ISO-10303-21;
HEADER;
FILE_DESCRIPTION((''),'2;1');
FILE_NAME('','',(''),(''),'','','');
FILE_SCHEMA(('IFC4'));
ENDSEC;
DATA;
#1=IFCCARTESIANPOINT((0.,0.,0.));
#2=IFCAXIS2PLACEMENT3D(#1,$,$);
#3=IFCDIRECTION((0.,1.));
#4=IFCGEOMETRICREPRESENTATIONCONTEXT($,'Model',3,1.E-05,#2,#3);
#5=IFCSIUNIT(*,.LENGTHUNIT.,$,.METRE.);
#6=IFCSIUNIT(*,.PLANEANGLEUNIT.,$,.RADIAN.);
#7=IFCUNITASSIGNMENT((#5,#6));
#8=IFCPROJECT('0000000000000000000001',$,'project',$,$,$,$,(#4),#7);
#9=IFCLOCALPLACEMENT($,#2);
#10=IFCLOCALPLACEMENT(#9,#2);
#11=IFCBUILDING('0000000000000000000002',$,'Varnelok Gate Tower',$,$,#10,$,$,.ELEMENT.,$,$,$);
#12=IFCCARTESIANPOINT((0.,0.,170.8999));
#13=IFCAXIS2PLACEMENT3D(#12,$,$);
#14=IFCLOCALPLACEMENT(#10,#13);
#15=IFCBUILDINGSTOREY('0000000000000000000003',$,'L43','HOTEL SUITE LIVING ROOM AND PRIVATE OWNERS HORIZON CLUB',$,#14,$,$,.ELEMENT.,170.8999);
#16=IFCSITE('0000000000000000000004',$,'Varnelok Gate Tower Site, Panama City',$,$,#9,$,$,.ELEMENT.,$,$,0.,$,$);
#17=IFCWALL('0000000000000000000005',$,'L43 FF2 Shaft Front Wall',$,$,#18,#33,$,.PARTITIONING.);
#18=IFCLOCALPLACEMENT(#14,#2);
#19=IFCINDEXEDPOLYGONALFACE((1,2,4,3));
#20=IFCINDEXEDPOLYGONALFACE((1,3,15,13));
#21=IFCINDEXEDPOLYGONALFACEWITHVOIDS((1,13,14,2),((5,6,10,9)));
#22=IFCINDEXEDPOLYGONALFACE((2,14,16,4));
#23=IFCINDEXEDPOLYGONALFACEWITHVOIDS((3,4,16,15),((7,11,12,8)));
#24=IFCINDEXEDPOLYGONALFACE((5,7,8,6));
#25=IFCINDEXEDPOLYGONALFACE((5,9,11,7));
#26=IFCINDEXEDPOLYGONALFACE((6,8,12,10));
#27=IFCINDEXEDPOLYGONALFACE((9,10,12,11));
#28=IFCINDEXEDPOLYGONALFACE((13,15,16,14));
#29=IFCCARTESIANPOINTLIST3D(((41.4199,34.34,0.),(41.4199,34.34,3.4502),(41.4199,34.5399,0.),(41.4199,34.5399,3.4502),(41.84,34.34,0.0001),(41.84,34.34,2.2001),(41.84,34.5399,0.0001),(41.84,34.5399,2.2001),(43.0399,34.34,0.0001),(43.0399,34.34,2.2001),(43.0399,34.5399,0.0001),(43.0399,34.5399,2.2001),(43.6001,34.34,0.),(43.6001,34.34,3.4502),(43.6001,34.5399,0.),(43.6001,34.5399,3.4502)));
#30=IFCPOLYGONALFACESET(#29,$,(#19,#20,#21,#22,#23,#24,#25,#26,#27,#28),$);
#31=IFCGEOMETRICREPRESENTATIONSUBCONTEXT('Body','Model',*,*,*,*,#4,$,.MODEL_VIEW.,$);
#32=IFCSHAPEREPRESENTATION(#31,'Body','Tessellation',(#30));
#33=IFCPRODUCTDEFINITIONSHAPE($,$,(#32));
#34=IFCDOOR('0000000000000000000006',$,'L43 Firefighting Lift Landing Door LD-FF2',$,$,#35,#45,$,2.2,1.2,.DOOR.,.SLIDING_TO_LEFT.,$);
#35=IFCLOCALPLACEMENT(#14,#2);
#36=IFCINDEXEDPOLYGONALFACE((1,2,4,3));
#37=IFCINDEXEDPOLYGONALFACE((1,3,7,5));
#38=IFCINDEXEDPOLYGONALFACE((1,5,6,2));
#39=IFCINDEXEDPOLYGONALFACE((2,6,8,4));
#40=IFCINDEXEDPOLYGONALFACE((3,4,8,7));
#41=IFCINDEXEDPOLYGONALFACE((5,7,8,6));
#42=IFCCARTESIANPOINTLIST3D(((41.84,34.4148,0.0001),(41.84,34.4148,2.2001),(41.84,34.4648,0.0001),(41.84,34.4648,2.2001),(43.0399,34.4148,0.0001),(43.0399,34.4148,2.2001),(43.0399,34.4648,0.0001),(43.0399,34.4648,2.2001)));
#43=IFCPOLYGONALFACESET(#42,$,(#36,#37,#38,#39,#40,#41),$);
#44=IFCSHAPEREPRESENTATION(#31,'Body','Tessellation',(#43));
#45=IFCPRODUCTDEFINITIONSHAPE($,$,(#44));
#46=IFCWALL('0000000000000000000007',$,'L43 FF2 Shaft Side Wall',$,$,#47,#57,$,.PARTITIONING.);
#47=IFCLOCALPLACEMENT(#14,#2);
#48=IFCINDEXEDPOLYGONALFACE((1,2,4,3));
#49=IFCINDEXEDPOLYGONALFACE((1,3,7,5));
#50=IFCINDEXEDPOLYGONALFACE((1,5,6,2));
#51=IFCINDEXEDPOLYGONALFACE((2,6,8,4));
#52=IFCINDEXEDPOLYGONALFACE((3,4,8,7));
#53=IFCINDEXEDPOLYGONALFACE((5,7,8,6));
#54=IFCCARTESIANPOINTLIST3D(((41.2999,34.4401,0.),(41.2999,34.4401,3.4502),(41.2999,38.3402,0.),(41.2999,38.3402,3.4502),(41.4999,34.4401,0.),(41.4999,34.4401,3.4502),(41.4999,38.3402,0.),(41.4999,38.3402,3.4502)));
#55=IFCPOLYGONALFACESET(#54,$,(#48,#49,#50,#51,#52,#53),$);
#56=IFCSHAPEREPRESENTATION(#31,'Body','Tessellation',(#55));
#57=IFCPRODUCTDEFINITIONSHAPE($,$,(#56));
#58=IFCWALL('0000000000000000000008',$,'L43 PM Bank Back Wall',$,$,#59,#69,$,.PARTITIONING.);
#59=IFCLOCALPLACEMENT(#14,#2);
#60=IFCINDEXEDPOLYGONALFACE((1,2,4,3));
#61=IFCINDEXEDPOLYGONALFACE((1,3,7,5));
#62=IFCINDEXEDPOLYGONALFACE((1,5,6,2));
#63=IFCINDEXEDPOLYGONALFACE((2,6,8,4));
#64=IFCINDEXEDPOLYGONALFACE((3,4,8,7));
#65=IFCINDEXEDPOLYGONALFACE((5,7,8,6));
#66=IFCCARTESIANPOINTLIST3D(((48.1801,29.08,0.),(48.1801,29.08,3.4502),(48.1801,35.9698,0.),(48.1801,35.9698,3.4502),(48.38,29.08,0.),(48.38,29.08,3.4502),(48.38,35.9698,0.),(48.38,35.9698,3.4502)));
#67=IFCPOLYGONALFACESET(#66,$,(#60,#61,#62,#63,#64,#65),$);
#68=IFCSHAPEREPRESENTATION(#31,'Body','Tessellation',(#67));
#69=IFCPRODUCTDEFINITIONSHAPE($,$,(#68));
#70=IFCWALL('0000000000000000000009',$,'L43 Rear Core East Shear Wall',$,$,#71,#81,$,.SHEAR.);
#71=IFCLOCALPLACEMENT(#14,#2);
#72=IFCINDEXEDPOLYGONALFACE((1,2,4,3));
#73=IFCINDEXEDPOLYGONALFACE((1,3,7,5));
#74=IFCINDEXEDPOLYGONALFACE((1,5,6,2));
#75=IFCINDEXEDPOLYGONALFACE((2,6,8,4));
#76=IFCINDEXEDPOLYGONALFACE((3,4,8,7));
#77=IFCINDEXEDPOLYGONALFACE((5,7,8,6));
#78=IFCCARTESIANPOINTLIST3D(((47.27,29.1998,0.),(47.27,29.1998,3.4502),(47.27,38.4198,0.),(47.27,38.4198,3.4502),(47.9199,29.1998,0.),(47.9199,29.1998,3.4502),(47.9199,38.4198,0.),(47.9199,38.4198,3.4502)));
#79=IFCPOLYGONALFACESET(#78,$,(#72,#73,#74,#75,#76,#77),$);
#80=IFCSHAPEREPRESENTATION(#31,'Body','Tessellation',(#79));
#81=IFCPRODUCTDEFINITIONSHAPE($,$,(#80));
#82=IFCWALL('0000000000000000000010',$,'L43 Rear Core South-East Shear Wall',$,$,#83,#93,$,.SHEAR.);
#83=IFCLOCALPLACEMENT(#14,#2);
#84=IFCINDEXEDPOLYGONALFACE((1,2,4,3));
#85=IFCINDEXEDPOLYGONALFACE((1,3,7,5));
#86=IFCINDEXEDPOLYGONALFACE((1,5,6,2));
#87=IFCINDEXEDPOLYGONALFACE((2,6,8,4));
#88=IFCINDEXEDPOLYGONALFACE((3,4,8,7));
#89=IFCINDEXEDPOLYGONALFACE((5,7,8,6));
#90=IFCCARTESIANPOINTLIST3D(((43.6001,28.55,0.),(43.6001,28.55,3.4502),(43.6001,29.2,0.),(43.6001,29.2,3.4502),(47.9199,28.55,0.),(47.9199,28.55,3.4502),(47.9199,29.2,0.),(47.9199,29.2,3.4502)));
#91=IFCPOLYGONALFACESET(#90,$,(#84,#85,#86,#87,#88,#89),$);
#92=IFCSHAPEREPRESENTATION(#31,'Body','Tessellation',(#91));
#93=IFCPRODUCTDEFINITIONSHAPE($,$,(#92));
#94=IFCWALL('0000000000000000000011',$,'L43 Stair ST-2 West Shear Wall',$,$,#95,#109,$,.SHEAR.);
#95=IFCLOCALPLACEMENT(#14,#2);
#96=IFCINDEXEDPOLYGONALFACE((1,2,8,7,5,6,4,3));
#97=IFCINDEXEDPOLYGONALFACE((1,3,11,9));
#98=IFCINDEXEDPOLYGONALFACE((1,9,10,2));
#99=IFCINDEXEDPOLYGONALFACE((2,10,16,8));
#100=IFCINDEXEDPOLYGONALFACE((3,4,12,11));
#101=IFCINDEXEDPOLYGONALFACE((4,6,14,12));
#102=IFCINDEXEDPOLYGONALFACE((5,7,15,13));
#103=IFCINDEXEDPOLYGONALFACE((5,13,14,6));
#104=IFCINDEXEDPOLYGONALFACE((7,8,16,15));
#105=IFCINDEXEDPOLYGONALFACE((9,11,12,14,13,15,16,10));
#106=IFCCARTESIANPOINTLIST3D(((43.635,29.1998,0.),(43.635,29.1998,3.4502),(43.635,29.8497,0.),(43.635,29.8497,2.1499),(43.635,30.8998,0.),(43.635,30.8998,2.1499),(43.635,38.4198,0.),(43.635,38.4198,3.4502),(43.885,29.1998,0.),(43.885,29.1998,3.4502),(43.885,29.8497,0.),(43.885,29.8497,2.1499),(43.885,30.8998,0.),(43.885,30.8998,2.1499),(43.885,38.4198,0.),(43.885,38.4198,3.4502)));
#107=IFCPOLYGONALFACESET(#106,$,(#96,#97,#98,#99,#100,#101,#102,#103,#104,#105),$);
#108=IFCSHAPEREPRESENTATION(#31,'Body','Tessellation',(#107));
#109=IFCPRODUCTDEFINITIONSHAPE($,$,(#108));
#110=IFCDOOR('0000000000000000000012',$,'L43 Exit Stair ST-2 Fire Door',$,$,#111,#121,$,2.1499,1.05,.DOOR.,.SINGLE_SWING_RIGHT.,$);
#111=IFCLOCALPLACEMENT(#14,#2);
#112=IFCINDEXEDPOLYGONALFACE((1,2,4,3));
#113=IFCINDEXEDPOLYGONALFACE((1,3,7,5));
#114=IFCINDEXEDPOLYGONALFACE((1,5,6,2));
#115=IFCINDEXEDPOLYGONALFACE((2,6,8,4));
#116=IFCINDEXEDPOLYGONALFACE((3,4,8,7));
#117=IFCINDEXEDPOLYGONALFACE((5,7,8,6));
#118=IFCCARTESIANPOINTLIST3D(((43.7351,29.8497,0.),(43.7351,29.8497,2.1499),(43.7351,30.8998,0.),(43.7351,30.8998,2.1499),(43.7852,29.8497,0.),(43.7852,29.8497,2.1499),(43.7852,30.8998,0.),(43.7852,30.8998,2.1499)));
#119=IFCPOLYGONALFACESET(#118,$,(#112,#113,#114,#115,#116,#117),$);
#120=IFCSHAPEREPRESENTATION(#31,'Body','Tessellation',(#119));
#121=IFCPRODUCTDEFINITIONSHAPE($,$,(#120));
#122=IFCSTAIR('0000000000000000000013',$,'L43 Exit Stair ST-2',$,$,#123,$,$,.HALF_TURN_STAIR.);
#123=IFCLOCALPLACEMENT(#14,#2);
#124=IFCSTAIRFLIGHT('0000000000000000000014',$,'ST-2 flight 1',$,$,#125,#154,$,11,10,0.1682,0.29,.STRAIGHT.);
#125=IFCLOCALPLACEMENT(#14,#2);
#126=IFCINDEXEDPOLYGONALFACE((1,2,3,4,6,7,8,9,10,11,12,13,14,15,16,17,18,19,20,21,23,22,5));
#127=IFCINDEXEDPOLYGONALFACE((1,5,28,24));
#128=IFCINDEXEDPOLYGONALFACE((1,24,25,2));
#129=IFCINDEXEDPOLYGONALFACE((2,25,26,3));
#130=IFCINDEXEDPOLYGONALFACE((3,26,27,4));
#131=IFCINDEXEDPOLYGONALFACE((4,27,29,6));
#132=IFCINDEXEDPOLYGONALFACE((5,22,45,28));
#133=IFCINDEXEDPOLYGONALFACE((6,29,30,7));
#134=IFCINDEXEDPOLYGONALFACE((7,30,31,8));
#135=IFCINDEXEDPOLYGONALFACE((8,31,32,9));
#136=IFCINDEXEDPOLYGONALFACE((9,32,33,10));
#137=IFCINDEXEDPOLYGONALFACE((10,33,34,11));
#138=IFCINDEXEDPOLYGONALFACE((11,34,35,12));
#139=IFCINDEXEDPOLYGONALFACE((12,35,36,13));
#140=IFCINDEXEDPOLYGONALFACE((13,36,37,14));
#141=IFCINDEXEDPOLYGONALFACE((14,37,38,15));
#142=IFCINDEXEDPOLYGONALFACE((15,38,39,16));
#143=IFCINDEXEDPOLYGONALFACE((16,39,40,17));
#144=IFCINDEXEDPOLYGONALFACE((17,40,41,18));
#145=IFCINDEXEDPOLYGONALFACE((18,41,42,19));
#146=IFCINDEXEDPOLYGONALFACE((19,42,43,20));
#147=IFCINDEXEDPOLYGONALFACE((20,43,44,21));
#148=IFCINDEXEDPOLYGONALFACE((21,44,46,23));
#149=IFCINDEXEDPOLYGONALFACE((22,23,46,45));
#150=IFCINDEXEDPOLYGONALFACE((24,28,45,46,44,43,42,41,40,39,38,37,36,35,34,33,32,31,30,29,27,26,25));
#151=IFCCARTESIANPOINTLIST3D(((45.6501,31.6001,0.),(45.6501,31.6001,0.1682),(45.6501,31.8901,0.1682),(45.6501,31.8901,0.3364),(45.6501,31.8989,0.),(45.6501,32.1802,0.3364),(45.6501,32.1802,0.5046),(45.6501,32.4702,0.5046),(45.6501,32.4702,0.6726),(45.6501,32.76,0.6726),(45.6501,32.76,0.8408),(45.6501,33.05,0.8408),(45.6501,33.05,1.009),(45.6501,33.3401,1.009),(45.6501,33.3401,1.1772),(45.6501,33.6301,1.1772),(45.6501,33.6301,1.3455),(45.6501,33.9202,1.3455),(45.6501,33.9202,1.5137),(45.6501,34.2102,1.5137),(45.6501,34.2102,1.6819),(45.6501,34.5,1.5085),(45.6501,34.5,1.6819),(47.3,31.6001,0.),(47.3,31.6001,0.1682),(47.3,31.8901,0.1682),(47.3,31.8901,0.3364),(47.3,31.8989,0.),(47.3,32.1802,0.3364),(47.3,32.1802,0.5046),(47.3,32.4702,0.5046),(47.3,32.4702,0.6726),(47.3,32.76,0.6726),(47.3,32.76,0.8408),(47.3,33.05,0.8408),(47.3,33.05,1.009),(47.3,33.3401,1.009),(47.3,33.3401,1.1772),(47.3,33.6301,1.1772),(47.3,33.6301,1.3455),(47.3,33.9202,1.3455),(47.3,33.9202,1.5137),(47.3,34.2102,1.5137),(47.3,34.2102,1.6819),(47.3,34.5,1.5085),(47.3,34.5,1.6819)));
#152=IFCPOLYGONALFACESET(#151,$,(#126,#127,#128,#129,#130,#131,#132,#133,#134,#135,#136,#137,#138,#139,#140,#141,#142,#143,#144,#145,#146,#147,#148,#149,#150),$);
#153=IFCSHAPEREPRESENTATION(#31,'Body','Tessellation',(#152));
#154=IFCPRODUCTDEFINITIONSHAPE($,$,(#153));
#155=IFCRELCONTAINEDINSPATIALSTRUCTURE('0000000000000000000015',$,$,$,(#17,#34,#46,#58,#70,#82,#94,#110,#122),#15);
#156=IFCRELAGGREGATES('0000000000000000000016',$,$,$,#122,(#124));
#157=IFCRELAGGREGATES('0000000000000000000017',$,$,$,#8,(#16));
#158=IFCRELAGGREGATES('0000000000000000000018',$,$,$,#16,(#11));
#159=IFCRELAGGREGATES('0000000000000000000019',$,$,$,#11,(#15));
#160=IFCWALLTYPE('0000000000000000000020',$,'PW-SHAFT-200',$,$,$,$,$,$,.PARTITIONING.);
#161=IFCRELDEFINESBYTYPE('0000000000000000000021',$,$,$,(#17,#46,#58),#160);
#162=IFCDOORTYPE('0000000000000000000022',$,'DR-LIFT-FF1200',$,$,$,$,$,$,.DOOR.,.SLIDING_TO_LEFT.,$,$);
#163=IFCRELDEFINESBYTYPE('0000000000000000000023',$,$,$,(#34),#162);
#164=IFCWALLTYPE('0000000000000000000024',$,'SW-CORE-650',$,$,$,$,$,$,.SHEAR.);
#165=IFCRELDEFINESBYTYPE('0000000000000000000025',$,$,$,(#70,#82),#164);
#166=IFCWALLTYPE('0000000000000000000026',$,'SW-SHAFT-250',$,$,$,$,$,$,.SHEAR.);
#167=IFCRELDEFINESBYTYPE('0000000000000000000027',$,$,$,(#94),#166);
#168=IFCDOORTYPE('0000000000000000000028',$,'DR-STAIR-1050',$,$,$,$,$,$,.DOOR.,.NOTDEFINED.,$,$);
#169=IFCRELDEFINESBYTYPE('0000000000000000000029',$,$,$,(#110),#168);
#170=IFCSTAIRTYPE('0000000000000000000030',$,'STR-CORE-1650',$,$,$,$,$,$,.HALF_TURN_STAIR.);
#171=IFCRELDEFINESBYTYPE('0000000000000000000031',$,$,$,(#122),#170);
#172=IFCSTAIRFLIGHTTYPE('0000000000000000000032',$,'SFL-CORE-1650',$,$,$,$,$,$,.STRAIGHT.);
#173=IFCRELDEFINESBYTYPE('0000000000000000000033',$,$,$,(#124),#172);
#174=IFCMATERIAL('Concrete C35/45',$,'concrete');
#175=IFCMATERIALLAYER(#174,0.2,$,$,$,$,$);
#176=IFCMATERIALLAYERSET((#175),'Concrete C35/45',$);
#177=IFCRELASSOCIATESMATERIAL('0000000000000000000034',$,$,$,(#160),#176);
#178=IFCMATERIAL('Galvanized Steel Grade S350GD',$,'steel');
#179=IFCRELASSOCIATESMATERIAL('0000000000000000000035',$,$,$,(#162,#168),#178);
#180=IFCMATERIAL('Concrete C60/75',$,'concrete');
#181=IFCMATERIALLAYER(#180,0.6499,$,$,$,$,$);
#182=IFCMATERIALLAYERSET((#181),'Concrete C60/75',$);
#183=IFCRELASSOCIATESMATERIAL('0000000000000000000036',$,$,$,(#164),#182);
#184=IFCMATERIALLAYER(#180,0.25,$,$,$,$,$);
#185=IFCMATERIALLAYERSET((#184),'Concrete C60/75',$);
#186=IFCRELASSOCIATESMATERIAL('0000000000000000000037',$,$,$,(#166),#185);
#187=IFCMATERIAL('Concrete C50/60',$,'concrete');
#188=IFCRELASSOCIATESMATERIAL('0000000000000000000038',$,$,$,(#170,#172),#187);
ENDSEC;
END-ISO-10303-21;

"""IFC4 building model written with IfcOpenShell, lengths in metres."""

from ifc_helpers import new_model, si_unit, direction, frame, frame_2d, origin, place, context, subcontext, project, spatial, polyline, rectangle, outline, extrude, material, layer, layer_set, type_object, element, fill, aggregate, save


model = new_model("IFC4")

# Units and contexts
model_context = context("Model", 3, precision=1e-05, world=origin(), true_north=direction((0.0, 1.0)))
body_context = subcontext(model_context, "Body", "Model", "MODEL_VIEW")
ifc_project = project(units=[si_unit("LENGTHUNIT", "METRE"), si_unit("PLANEANGLEUNIT", "RADIAN")], contexts=[model_context])

# Site, building, storey
site_placement = place(None, origin())
site = spatial("IfcSite", under=ifc_project, at=site_placement, Name="Varnelok Gate Tower Site, Panama City", CompositionType="ELEMENT", RefElevation=0.0)
building_placement = place(site_placement, origin())
building = spatial("IfcBuilding", under=site, at=building_placement, Name="Varnelok Gate Tower", CompositionType="ELEMENT")
storey_placement = place(building_placement, frame((0.0, 0.0, 170.8999)))
storey = spatial("IfcBuildingStorey", under=building, at=storey_placement, Name="L43", Description="HOTEL SUITE LIVING ROOM AND PRIVATE OWNERS HORIZON CLUB", CompositionType="ELEMENT", Elevation=170.8999)

# Shared definitions
ifc_material_1 = material(Name="Concrete C60/75", Category="concrete")

# Shared definitions
ifc_material_2 = material(Name="Galvanized Steel Grade S350GD", Category="steel")

# Shared definitions
ifc_material_3 = material(Name="Concrete C35/45", Category="concrete")
ifc_layer_1 = layer(ifc_material_3, 0.2)
ifc_layer_set_1 = layer_set([ifc_layer_1], Name="Concrete C35/45")
wall_type_1 = type_object("IfcWallType", Name="PW-SHAFT-200", PredefinedType="PARTITIONING", material=ifc_layer_set_1)

# Wall, opening, door
wall_1_placement = place(storey_placement, frame((41.4199, 34.4399, 0.0), z_axis=(0.0, 0.0, 1.0), x_axis=(1.0, 0.0, 0.0)))
wall_1 = element("IfcWall", 1, at=wall_1_placement, inside=storey, type_object=wall_type_1, Name="L43 FF2 Shaft Front Wall", PredefinedType="PARTITIONING", context=body_context, shape_type="SweptSolid", body=[
    extrude(rectangle(XDim=2.1802, YDim=0.2, at=frame_2d((1.0901, 0.0))), origin(), (0.0, 0.0, 1.0), 3.4502),
])
opening_1_placement = place(wall_1_placement, frame((0.4199, 0.0, 0.0)))
opening_1 = element("IfcOpeningElement", 2, at=opening_1_placement, cuts=wall_1, PredefinedType="OPENING", context=body_context, shape_type="SweptSolid", body=[
    extrude(rectangle(XDim=1.2, YDim=2.2, at=frame_2d((0.6001, 1.1001))), frame((0.0, 0.1099, 0.0), z_axis=(0.0, -1.0, 0.0), x_axis=(1.0, 0.0, 0.0)), (0.0, 0.0, 1.0), 0.22),
])
door_type_1 = type_object("IfcDoorType", Name="DR-LIFT-FF1200", OperationType="SLIDING_TO_LEFT", PredefinedType="DOOR", material=ifc_material_2)
door_1_placement = place(opening_1_placement, origin())
door_1 = element("IfcDoor", 3, at=door_1_placement, inside=storey, type_object=door_type_1, Name="L43 Firefighting Lift Landing Door LD-FF2", OperationType="SLIDING_TO_LEFT", OverallHeight=2.2, OverallWidth=1.2, PredefinedType="DOOR", context=body_context, shape_type="SweptSolid", body=[
    extrude(rectangle(XDim=1.2, YDim=2.2, at=frame_2d((0.6001, 1.1001))), frame((0.0, 0.0249, 0.0), z_axis=(0.0, -1.0, 0.0), x_axis=(1.0, 0.0, 0.0)), (0.0, 0.0, 1.0), 0.05),
])
fill(opening_1, door_1)

# Walls
wall_2_placement = place(storey_placement, frame((41.3999, 34.4399, 0.0), z_axis=(0.0, 0.0, 1.0), x_axis=(0.0, 1.0, 0.0)))
element("IfcWall", 4, at=wall_2_placement, inside=storey, type_object=wall_type_1, Name="L43 FF2 Shaft Side Wall", PredefinedType="PARTITIONING", context=body_context, shape_type="SweptSolid", body=[
    extrude(rectangle(XDim=3.9001, YDim=0.2, at=frame_2d((1.9502, 0.0))), origin(), (0.0, 0.0, 1.0), 3.4502),
])
wall_3_placement = place(storey_placement, frame((48.28, 29.0801, 0.0), z_axis=(0.0, 0.0, 1.0), x_axis=(0.0, 1.0, 0.0)))
element("IfcWall", 5, at=wall_3_placement, inside=storey, type_object=wall_type_1, Name="L43 PM Bank Back Wall", PredefinedType="PARTITIONING", context=body_context, shape_type="SweptSolid", body=[
    extrude(rectangle(XDim=6.8899, YDim=0.2, at=frame_2d((3.4448, 0.0))), origin(), (0.0, 0.0, 1.0), 3.4502),
])
ifc_layer_2 = layer(ifc_material_1, 0.6499)
ifc_layer_set_2 = layer_set([ifc_layer_2], Name="Concrete C60/75")
wall_type_2 = type_object("IfcWallType", Name="SW-CORE-650", PredefinedType="SHEAR", material=ifc_layer_set_2)
wall_4_placement = place(storey_placement, frame((47.595, 29.2, 0.0), z_axis=(0.0, 0.0, 1.0), x_axis=(0.0, 1.0, 0.0)))
element("IfcWall", 6, at=wall_4_placement, inside=storey, type_object=wall_type_2, Name="L43 Rear Core East Shear Wall", PredefinedType="SHEAR", context=body_context, shape_type="SweptSolid", body=[
    extrude(rectangle(XDim=9.22, YDim=0.6499, at=frame_2d((4.6099, 0.0))), origin(), (0.0, 0.0, 1.0), 3.4502),
])
wall_5_placement = place(storey_placement, frame((43.6001, 28.875, 0.0), z_axis=(0.0, 0.0, 1.0), x_axis=(1.0, 0.0, 0.0)))
element("IfcWall", 7, at=wall_5_placement, inside=storey, type_object=wall_type_2, Name="L43 Rear Core South-East Shear Wall", PredefinedType="SHEAR", context=body_context, shape_type="SweptSolid", body=[
    extrude(rectangle(XDim=4.3198, YDim=0.6499, at=frame_2d((2.1599, 0.0))), origin(), (0.0, 0.0, 1.0), 3.4502),
])

# Wall, opening, door
ifc_layer_3 = layer(ifc_material_1, 0.25)
ifc_layer_set_3 = layer_set([ifc_layer_3], Name="Concrete C60/75")
wall_type_3 = type_object("IfcWallType", Name="SW-SHAFT-250", PredefinedType="SHEAR", material=ifc_layer_set_3)
wall_6_placement = place(storey_placement, frame((43.76, 29.2, 0.0), z_axis=(0.0, 0.0, 1.0), x_axis=(0.0, 1.0, 0.0)))
wall_6 = element("IfcWall", 8, at=wall_6_placement, inside=storey, type_object=wall_type_3, Name="L43 Stair ST-2 West Shear Wall", PredefinedType="SHEAR", context=body_context, shape_type="SweptSolid", body=[
    extrude(rectangle(XDim=9.22, YDim=0.25, at=frame_2d((4.6099, 0.0))), origin(), (0.0, 0.0, 1.0), 3.4502),
])
opening_2_placement = place(wall_6_placement, frame((0.6499, 0.0, 0.0)))
opening_2 = element("IfcOpeningElement", 9, at=opening_2_placement, cuts=wall_6, PredefinedType="OPENING", context=body_context, shape_type="SweptSolid", body=[
    extrude(rectangle(XDim=1.05, YDim=2.1499, at=frame_2d((0.5249, 1.075))), frame((0.0, 0.135, 0.0), z_axis=(0.0, -1.0, 0.0), x_axis=(1.0, 0.0, 0.0)), (0.0, 0.0, 1.0), 0.27),
])
door_type_2 = type_object("IfcDoorType", Name="DR-STAIR-1050", OperationType="NOTDEFINED", PredefinedType="DOOR", material=ifc_material_2)
door_2_placement = place(opening_2_placement, origin())
door_2 = element("IfcDoor", 10, at=door_2_placement, inside=storey, type_object=door_type_2, Name="L43 Exit Stair ST-2 Fire Door", OperationType="SINGLE_SWING_RIGHT", OverallHeight=2.1499, OverallWidth=1.05, PredefinedType="DOOR", context=body_context, shape_type="SweptSolid", body=[
    extrude(rectangle(XDim=1.05, YDim=2.1499, at=frame_2d((0.5249, 1.075))), frame((0.0, 0.0249, 0.0), z_axis=(0.0, -1.0, 0.0), x_axis=(1.0, 0.0, 0.0)), (0.0, 0.0, 1.0), 0.05),
])
fill(opening_2, door_2)

# Stair, stair flight
ifc_material_4 = material(Name="Concrete C50/60", Category="concrete")
stair_type = type_object("IfcStairType", Name="STR-CORE-1650", PredefinedType="HALF_TURN_STAIR", material=ifc_material_4)
stair_placement = place(storey_placement, origin())
stair = element("IfcStair", 11, at=stair_placement, inside=storey, type_object=stair_type, Name="L43 Exit Stair ST-2", PredefinedType="HALF_TURN_STAIR")
stair_flight_type = type_object("IfcStairFlightType", Name="SFL-CORE-1650", PredefinedType="STRAIGHT", material=ifc_material_4)
stair_flight_1_placement = place(storey_placement, frame((46.4751, 31.6001, 0.0), z_axis=(0.0, 0.0, 1.0), x_axis=(0.0, 1.0, 0.0)))
stair_flight_1 = element("IfcStairFlight", 12, at=stair_flight_1_placement, type_object=stair_flight_type, Name="ST-2 flight 1", NumberOfRisers=11, NumberOfTreads=10, PredefinedType="STRAIGHT", RiserHeight=0.1682, TreadLength=0.29, context=body_context, shape_type="SweptSolid", body=[
    extrude(outline(polyline([(0.0, 0.0), (0.0, 0.1682), (0.29, 0.1682), (0.29, 0.3364), (0.5801, 0.3364), (0.5801, 0.5046), (0.8701, 0.5046), (0.8701, 0.6726), (1.1599, 0.6726), (1.1599, 0.8408), (1.45, 0.8408), (1.45, 1.009), (1.74, 1.009), (1.74, 1.1772), (2.03, 1.1772), (2.03, 1.3455), (2.3201, 1.3455), (2.3201, 1.5137), (2.6101, 1.5137), (2.6101, 1.6819), (2.8999, 1.6819), (2.8999, 1.8501), (2.8999, 1.5085), (0.2988, 0.0), (0.0, 0.0)])), frame((0.0, 0.825, 0.0), z_axis=(0.0, -1.0, 0.0), x_axis=(1.0, 0.0, 0.0)), (0.0, 0.0, 1.0), 1.6499),
])
aggregate(stair, [stair_flight_1])

save(model, "model.ifc")
